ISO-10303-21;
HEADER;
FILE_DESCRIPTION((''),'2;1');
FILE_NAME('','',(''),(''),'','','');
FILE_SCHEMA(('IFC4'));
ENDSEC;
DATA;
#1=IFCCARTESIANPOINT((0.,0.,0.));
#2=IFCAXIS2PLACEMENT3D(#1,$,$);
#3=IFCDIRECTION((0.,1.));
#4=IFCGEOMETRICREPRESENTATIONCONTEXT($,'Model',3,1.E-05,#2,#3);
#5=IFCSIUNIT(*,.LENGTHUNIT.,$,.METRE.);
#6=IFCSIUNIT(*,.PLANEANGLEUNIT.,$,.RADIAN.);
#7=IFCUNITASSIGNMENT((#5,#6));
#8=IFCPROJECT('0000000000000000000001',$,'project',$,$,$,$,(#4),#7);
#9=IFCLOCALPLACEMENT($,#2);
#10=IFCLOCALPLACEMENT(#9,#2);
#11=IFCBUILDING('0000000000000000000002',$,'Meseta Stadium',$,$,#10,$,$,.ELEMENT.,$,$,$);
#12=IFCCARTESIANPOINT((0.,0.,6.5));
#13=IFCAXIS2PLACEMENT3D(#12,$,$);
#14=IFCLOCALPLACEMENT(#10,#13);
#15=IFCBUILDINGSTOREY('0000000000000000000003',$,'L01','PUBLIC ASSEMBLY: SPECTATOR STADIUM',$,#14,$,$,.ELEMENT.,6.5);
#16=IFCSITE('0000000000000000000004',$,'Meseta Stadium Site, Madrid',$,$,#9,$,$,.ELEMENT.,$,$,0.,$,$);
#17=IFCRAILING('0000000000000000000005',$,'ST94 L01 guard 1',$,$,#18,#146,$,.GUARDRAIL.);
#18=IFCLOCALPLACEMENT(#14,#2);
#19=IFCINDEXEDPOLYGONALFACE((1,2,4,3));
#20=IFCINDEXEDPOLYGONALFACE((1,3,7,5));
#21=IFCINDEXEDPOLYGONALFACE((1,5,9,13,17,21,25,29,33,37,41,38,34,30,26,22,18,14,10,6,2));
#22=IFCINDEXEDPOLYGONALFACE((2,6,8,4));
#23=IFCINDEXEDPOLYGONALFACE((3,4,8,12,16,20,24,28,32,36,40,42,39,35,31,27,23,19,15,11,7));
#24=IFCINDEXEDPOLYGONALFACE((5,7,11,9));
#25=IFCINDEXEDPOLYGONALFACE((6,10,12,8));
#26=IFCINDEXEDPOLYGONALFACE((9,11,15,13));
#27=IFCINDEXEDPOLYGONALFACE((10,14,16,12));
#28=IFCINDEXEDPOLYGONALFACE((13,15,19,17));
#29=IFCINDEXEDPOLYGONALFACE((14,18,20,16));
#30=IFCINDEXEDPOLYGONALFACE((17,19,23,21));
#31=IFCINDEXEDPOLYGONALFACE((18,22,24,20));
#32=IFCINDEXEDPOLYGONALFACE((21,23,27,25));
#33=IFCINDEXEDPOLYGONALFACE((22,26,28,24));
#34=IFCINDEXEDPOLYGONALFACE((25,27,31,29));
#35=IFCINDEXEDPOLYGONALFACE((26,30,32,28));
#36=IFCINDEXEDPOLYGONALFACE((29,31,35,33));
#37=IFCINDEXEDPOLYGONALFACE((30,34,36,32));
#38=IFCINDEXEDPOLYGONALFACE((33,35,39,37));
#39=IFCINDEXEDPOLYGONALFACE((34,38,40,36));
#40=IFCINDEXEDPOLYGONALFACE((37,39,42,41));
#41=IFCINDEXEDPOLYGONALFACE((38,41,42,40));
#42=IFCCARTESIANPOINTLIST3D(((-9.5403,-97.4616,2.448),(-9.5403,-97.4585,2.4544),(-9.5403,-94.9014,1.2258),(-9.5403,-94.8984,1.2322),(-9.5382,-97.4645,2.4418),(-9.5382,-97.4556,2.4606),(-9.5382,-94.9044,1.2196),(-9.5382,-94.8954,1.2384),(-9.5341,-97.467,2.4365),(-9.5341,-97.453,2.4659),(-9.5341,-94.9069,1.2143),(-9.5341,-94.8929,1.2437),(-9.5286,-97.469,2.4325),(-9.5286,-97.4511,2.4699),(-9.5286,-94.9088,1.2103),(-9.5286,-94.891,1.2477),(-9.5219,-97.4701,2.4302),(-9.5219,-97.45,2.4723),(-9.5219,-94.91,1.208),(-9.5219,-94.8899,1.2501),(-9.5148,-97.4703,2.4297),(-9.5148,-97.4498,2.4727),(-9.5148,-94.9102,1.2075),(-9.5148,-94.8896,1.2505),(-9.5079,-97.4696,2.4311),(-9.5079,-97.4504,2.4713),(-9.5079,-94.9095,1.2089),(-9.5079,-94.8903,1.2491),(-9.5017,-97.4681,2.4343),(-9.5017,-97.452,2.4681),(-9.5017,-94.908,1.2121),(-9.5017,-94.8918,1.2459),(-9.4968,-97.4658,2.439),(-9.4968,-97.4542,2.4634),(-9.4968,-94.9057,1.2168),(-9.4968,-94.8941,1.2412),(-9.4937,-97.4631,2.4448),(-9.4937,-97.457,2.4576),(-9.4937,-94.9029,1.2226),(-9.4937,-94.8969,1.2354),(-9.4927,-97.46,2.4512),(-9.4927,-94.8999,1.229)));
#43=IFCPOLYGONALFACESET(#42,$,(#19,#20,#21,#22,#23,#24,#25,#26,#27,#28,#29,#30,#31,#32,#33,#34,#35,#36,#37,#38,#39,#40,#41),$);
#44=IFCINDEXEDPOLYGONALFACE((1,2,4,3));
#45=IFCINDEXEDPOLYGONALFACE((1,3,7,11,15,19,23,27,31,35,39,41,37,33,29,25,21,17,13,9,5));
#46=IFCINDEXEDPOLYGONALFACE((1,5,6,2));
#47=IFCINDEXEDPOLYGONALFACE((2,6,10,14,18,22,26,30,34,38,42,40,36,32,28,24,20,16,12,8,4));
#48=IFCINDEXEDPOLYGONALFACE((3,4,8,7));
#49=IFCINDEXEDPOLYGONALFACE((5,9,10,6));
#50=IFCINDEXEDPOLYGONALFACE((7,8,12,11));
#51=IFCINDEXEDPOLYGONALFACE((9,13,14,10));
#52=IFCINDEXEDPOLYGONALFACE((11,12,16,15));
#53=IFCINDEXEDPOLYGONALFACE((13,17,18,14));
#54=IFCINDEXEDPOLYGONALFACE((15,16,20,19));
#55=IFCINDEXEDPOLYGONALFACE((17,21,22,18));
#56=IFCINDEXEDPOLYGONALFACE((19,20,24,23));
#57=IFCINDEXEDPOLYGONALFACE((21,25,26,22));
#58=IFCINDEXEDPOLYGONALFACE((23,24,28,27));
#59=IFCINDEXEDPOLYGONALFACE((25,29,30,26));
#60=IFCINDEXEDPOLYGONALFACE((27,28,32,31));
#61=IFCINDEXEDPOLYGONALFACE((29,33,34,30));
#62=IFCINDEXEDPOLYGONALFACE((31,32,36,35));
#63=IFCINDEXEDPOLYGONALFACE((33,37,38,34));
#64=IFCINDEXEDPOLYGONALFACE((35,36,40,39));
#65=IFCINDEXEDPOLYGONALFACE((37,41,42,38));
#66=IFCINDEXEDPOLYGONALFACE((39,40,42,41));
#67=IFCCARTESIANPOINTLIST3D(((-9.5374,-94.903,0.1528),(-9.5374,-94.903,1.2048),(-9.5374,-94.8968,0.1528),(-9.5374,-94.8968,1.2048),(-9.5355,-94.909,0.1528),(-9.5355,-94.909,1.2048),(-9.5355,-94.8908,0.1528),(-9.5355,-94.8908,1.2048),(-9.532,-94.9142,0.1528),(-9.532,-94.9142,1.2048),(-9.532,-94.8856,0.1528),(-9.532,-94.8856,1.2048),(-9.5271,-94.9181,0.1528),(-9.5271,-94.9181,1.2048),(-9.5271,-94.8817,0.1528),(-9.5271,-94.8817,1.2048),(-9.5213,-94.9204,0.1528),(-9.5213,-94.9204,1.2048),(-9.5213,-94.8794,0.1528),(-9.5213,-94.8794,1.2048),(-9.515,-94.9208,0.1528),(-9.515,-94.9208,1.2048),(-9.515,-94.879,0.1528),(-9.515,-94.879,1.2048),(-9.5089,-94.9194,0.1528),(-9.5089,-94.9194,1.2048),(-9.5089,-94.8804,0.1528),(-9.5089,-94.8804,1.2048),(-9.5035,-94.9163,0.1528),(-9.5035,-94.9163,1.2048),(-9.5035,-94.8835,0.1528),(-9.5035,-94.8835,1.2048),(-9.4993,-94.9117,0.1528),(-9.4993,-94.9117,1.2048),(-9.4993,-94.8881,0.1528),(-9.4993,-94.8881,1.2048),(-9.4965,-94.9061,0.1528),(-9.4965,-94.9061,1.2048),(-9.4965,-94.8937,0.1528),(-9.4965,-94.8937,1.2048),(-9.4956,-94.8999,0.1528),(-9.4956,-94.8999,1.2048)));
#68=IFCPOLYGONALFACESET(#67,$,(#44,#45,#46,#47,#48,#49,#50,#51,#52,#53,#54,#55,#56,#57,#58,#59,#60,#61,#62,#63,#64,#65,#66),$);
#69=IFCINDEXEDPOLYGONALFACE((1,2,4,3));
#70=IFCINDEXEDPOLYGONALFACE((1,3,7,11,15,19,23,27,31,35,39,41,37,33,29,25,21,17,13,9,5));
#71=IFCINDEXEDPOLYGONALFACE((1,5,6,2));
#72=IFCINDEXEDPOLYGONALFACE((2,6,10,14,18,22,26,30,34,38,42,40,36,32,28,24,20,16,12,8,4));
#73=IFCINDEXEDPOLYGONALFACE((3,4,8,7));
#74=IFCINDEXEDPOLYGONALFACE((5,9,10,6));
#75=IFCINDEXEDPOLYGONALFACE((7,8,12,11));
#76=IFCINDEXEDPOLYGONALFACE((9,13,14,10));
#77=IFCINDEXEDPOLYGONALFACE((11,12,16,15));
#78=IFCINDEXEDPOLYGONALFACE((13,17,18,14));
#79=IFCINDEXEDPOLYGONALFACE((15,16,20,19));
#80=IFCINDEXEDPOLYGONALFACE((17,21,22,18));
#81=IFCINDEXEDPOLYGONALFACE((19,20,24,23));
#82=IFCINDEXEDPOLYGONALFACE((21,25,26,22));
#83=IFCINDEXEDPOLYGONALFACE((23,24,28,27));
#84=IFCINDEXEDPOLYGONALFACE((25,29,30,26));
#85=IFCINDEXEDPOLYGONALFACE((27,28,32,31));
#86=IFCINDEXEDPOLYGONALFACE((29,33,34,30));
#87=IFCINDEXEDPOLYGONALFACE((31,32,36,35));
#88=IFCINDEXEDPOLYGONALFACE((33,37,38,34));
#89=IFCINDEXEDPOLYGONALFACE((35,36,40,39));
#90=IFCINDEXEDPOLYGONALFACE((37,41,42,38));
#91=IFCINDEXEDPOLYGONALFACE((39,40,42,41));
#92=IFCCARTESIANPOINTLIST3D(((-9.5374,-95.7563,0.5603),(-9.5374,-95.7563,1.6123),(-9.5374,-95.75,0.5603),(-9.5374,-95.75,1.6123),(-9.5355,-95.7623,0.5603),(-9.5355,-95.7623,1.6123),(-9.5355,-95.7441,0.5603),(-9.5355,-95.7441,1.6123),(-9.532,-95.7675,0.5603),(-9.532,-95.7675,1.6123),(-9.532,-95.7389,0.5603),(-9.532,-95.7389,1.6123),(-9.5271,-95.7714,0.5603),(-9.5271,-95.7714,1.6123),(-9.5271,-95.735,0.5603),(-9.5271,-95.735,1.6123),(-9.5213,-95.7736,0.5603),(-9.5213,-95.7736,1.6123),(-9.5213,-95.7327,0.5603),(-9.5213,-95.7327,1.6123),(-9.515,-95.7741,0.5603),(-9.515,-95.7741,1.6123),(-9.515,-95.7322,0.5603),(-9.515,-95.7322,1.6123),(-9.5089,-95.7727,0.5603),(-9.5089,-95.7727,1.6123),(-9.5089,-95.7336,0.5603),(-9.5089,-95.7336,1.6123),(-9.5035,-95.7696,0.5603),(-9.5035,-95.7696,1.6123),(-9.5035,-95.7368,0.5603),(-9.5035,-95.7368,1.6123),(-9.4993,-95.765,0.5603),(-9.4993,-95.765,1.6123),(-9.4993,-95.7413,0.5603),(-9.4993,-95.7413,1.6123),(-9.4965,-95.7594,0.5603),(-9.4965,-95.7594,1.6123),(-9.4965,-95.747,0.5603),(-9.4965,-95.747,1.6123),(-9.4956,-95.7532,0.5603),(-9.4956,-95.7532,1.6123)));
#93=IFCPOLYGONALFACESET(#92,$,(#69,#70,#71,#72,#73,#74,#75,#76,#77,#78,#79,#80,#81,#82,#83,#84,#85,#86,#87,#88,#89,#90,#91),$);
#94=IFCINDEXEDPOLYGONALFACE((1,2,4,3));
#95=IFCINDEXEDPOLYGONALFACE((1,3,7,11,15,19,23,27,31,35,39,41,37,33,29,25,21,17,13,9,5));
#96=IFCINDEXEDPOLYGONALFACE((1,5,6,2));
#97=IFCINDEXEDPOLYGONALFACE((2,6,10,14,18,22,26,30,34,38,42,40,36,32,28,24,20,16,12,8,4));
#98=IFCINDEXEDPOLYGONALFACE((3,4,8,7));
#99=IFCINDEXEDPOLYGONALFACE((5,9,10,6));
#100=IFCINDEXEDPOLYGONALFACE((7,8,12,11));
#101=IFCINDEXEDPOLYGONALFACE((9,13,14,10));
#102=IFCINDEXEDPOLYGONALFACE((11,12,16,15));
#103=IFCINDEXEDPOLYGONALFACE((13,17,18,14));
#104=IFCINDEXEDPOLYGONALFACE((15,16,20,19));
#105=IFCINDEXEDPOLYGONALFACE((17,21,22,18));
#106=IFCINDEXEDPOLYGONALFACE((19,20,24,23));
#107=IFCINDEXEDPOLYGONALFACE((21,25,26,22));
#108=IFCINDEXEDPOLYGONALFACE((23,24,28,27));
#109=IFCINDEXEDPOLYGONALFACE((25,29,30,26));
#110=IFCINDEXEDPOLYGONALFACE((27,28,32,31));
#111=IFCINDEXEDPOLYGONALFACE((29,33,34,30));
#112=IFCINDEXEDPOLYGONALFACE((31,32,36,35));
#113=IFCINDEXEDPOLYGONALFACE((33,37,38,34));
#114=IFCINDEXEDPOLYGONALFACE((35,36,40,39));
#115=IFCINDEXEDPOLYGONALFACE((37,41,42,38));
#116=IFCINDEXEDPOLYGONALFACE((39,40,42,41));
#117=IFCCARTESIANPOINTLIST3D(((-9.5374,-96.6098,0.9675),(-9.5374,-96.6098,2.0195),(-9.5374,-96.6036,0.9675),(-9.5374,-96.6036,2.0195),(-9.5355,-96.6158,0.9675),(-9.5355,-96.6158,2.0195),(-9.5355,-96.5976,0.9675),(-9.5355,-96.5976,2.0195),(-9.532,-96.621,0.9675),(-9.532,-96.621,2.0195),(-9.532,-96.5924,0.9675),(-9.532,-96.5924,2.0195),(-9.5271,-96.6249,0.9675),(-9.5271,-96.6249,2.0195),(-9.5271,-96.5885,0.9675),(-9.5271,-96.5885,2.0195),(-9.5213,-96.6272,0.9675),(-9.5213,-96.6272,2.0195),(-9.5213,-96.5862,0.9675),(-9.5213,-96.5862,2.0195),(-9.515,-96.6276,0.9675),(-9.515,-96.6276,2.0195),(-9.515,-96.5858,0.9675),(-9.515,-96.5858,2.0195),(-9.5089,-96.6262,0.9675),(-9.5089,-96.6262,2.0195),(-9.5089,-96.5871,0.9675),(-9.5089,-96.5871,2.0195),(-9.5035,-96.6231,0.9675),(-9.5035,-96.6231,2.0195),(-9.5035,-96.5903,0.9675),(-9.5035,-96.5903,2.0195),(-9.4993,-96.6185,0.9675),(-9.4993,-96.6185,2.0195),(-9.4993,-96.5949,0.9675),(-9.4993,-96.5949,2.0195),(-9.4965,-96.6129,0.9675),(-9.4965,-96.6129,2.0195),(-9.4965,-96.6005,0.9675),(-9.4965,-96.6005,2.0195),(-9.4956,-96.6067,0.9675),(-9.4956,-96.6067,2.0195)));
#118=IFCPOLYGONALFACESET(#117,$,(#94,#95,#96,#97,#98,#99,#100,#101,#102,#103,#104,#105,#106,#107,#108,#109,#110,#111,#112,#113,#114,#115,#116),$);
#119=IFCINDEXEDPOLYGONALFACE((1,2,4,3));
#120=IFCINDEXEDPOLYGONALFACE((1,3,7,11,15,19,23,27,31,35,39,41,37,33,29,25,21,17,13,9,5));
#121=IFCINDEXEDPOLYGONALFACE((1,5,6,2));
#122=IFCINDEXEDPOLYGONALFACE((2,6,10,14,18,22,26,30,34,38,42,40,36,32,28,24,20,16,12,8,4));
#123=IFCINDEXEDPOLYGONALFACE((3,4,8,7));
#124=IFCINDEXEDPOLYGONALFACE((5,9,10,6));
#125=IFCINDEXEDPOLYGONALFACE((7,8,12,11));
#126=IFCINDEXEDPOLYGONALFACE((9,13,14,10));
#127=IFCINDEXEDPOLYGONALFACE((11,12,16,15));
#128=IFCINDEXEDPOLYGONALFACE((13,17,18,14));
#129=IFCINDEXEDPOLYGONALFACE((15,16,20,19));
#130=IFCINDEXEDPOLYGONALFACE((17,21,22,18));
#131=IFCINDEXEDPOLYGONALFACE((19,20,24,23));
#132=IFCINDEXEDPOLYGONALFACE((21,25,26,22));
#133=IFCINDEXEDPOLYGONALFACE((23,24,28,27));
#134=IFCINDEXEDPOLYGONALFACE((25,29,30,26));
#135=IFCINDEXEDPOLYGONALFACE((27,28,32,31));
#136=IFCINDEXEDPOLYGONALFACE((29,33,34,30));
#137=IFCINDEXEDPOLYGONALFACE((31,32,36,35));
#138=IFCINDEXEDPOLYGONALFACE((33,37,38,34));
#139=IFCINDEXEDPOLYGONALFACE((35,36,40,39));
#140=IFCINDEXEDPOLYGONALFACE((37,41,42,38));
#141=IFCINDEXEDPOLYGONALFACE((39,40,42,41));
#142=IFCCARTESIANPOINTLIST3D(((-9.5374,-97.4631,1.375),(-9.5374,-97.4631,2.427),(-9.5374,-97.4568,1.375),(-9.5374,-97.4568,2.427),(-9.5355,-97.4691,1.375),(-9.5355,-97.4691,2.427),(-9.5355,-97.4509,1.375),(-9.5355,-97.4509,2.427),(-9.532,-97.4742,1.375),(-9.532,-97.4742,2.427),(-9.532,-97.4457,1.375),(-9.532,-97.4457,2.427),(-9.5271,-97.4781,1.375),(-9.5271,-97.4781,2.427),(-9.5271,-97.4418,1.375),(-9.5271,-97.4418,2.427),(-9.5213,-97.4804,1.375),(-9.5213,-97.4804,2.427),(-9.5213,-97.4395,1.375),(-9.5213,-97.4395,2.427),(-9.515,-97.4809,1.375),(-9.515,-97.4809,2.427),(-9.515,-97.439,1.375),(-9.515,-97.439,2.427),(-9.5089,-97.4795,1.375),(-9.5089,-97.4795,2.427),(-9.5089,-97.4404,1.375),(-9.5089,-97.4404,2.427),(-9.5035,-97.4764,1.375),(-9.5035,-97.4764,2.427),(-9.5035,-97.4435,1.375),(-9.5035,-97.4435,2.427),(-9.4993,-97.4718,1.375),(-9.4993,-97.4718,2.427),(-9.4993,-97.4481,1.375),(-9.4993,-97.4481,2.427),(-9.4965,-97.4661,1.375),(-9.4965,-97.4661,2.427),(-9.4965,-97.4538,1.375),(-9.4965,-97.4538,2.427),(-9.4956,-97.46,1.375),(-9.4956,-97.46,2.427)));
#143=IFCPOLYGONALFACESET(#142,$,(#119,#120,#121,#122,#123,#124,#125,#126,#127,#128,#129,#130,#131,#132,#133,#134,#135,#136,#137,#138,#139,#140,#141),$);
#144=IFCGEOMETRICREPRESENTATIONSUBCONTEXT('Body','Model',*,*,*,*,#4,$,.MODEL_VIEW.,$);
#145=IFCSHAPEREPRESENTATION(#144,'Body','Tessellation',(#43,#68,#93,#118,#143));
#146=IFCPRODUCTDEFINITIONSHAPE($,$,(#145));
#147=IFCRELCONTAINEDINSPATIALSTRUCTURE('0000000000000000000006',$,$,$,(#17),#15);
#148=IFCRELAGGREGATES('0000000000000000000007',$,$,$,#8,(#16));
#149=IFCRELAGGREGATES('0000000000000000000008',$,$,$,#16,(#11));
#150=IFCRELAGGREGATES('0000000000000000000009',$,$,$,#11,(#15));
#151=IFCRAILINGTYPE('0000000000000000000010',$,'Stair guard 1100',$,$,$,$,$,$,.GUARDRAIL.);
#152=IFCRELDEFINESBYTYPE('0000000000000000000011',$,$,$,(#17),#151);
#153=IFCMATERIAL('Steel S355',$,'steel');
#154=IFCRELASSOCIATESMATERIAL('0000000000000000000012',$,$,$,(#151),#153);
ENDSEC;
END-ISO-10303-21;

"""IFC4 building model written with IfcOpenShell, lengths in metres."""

from ifc_helpers import new_model, si_unit, direction, frame, origin, origin_2d, place, context, subcontext, project, spatial, circle, extrude, material, type_object, element, save


model = new_model("IFC4")

# Units and contexts
model_context = context("Model", 3, precision=1e-05, world=origin(), true_north=direction((0.0, 1.0)))
body_context = subcontext(model_context, "Body", "Model", "MODEL_VIEW")
ifc_project = project(units=[si_unit("LENGTHUNIT", "METRE"), si_unit("PLANEANGLEUNIT", "RADIAN")], contexts=[model_context])

# Site, building, storey
site_placement = place(None, origin())
site = spatial("IfcSite", under=ifc_project, at=site_placement, Name="Meseta Stadium Site, Madrid", CompositionType="ELEMENT", RefElevation=0.0)
building_placement = place(site_placement, origin())
building = spatial("IfcBuilding", under=site, at=building_placement, Name="Meseta Stadium", CompositionType="ELEMENT")
storey_placement = place(building_placement, frame((0.0, 0.0, 6.5)))
storey = spatial("IfcBuildingStorey", under=building, at=storey_placement, Name="L01", Description="PUBLIC ASSEMBLY: SPECTATOR STADIUM", CompositionType="ELEMENT", Elevation=6.5)

# Railing
ifc_material_1 = material(Name="Steel S355", Category="steel")
railing_type_1 = type_object("IfcRailingType", Name="Stair guard 1100", PredefinedType="GUARDRAIL", material=ifc_material_1)
railing_1_placement = place(storey_placement, frame((-9.5166, -94.8999, 0.1528)))
element("IfcRailing", 1, at=railing_1_placement, inside=storey, type_object=railing_type_1, Name="ST94 L01 guard 1", PredefinedType="GUARDRAIL", context=body_context, shape_type="SweptSolid", body=[
    extrude(circle(Radius=0.0239, at=origin_2d()), frame((0.0, 0.0, 1.0762), z_axis=(0.0, -0.902437, 0.430822), x_axis=(1.0, 0.0, 0.0)), (0.0, 0.0, 1.0), 2.8369),
    extrude(circle(Radius=0.021, at=origin_2d()), origin(), (0.0, 0.0, 1.0), 1.052),
    extrude(circle(Radius=0.021, at=origin_2d()), frame((0.0, -0.8533, 0.4075)), (0.0, 0.0, 1.0), 1.052),
    extrude(circle(Radius=0.021, at=origin_2d()), frame((0.0, -1.7068, 0.8147)), (0.0, 0.0, 1.0), 1.052),
    extrude(circle(Radius=0.021, at=origin_2d()), frame((0.0, -2.5601, 1.2222)), (0.0, 0.0, 1.0), 1.052),
])

save(model, "model.ifc")
